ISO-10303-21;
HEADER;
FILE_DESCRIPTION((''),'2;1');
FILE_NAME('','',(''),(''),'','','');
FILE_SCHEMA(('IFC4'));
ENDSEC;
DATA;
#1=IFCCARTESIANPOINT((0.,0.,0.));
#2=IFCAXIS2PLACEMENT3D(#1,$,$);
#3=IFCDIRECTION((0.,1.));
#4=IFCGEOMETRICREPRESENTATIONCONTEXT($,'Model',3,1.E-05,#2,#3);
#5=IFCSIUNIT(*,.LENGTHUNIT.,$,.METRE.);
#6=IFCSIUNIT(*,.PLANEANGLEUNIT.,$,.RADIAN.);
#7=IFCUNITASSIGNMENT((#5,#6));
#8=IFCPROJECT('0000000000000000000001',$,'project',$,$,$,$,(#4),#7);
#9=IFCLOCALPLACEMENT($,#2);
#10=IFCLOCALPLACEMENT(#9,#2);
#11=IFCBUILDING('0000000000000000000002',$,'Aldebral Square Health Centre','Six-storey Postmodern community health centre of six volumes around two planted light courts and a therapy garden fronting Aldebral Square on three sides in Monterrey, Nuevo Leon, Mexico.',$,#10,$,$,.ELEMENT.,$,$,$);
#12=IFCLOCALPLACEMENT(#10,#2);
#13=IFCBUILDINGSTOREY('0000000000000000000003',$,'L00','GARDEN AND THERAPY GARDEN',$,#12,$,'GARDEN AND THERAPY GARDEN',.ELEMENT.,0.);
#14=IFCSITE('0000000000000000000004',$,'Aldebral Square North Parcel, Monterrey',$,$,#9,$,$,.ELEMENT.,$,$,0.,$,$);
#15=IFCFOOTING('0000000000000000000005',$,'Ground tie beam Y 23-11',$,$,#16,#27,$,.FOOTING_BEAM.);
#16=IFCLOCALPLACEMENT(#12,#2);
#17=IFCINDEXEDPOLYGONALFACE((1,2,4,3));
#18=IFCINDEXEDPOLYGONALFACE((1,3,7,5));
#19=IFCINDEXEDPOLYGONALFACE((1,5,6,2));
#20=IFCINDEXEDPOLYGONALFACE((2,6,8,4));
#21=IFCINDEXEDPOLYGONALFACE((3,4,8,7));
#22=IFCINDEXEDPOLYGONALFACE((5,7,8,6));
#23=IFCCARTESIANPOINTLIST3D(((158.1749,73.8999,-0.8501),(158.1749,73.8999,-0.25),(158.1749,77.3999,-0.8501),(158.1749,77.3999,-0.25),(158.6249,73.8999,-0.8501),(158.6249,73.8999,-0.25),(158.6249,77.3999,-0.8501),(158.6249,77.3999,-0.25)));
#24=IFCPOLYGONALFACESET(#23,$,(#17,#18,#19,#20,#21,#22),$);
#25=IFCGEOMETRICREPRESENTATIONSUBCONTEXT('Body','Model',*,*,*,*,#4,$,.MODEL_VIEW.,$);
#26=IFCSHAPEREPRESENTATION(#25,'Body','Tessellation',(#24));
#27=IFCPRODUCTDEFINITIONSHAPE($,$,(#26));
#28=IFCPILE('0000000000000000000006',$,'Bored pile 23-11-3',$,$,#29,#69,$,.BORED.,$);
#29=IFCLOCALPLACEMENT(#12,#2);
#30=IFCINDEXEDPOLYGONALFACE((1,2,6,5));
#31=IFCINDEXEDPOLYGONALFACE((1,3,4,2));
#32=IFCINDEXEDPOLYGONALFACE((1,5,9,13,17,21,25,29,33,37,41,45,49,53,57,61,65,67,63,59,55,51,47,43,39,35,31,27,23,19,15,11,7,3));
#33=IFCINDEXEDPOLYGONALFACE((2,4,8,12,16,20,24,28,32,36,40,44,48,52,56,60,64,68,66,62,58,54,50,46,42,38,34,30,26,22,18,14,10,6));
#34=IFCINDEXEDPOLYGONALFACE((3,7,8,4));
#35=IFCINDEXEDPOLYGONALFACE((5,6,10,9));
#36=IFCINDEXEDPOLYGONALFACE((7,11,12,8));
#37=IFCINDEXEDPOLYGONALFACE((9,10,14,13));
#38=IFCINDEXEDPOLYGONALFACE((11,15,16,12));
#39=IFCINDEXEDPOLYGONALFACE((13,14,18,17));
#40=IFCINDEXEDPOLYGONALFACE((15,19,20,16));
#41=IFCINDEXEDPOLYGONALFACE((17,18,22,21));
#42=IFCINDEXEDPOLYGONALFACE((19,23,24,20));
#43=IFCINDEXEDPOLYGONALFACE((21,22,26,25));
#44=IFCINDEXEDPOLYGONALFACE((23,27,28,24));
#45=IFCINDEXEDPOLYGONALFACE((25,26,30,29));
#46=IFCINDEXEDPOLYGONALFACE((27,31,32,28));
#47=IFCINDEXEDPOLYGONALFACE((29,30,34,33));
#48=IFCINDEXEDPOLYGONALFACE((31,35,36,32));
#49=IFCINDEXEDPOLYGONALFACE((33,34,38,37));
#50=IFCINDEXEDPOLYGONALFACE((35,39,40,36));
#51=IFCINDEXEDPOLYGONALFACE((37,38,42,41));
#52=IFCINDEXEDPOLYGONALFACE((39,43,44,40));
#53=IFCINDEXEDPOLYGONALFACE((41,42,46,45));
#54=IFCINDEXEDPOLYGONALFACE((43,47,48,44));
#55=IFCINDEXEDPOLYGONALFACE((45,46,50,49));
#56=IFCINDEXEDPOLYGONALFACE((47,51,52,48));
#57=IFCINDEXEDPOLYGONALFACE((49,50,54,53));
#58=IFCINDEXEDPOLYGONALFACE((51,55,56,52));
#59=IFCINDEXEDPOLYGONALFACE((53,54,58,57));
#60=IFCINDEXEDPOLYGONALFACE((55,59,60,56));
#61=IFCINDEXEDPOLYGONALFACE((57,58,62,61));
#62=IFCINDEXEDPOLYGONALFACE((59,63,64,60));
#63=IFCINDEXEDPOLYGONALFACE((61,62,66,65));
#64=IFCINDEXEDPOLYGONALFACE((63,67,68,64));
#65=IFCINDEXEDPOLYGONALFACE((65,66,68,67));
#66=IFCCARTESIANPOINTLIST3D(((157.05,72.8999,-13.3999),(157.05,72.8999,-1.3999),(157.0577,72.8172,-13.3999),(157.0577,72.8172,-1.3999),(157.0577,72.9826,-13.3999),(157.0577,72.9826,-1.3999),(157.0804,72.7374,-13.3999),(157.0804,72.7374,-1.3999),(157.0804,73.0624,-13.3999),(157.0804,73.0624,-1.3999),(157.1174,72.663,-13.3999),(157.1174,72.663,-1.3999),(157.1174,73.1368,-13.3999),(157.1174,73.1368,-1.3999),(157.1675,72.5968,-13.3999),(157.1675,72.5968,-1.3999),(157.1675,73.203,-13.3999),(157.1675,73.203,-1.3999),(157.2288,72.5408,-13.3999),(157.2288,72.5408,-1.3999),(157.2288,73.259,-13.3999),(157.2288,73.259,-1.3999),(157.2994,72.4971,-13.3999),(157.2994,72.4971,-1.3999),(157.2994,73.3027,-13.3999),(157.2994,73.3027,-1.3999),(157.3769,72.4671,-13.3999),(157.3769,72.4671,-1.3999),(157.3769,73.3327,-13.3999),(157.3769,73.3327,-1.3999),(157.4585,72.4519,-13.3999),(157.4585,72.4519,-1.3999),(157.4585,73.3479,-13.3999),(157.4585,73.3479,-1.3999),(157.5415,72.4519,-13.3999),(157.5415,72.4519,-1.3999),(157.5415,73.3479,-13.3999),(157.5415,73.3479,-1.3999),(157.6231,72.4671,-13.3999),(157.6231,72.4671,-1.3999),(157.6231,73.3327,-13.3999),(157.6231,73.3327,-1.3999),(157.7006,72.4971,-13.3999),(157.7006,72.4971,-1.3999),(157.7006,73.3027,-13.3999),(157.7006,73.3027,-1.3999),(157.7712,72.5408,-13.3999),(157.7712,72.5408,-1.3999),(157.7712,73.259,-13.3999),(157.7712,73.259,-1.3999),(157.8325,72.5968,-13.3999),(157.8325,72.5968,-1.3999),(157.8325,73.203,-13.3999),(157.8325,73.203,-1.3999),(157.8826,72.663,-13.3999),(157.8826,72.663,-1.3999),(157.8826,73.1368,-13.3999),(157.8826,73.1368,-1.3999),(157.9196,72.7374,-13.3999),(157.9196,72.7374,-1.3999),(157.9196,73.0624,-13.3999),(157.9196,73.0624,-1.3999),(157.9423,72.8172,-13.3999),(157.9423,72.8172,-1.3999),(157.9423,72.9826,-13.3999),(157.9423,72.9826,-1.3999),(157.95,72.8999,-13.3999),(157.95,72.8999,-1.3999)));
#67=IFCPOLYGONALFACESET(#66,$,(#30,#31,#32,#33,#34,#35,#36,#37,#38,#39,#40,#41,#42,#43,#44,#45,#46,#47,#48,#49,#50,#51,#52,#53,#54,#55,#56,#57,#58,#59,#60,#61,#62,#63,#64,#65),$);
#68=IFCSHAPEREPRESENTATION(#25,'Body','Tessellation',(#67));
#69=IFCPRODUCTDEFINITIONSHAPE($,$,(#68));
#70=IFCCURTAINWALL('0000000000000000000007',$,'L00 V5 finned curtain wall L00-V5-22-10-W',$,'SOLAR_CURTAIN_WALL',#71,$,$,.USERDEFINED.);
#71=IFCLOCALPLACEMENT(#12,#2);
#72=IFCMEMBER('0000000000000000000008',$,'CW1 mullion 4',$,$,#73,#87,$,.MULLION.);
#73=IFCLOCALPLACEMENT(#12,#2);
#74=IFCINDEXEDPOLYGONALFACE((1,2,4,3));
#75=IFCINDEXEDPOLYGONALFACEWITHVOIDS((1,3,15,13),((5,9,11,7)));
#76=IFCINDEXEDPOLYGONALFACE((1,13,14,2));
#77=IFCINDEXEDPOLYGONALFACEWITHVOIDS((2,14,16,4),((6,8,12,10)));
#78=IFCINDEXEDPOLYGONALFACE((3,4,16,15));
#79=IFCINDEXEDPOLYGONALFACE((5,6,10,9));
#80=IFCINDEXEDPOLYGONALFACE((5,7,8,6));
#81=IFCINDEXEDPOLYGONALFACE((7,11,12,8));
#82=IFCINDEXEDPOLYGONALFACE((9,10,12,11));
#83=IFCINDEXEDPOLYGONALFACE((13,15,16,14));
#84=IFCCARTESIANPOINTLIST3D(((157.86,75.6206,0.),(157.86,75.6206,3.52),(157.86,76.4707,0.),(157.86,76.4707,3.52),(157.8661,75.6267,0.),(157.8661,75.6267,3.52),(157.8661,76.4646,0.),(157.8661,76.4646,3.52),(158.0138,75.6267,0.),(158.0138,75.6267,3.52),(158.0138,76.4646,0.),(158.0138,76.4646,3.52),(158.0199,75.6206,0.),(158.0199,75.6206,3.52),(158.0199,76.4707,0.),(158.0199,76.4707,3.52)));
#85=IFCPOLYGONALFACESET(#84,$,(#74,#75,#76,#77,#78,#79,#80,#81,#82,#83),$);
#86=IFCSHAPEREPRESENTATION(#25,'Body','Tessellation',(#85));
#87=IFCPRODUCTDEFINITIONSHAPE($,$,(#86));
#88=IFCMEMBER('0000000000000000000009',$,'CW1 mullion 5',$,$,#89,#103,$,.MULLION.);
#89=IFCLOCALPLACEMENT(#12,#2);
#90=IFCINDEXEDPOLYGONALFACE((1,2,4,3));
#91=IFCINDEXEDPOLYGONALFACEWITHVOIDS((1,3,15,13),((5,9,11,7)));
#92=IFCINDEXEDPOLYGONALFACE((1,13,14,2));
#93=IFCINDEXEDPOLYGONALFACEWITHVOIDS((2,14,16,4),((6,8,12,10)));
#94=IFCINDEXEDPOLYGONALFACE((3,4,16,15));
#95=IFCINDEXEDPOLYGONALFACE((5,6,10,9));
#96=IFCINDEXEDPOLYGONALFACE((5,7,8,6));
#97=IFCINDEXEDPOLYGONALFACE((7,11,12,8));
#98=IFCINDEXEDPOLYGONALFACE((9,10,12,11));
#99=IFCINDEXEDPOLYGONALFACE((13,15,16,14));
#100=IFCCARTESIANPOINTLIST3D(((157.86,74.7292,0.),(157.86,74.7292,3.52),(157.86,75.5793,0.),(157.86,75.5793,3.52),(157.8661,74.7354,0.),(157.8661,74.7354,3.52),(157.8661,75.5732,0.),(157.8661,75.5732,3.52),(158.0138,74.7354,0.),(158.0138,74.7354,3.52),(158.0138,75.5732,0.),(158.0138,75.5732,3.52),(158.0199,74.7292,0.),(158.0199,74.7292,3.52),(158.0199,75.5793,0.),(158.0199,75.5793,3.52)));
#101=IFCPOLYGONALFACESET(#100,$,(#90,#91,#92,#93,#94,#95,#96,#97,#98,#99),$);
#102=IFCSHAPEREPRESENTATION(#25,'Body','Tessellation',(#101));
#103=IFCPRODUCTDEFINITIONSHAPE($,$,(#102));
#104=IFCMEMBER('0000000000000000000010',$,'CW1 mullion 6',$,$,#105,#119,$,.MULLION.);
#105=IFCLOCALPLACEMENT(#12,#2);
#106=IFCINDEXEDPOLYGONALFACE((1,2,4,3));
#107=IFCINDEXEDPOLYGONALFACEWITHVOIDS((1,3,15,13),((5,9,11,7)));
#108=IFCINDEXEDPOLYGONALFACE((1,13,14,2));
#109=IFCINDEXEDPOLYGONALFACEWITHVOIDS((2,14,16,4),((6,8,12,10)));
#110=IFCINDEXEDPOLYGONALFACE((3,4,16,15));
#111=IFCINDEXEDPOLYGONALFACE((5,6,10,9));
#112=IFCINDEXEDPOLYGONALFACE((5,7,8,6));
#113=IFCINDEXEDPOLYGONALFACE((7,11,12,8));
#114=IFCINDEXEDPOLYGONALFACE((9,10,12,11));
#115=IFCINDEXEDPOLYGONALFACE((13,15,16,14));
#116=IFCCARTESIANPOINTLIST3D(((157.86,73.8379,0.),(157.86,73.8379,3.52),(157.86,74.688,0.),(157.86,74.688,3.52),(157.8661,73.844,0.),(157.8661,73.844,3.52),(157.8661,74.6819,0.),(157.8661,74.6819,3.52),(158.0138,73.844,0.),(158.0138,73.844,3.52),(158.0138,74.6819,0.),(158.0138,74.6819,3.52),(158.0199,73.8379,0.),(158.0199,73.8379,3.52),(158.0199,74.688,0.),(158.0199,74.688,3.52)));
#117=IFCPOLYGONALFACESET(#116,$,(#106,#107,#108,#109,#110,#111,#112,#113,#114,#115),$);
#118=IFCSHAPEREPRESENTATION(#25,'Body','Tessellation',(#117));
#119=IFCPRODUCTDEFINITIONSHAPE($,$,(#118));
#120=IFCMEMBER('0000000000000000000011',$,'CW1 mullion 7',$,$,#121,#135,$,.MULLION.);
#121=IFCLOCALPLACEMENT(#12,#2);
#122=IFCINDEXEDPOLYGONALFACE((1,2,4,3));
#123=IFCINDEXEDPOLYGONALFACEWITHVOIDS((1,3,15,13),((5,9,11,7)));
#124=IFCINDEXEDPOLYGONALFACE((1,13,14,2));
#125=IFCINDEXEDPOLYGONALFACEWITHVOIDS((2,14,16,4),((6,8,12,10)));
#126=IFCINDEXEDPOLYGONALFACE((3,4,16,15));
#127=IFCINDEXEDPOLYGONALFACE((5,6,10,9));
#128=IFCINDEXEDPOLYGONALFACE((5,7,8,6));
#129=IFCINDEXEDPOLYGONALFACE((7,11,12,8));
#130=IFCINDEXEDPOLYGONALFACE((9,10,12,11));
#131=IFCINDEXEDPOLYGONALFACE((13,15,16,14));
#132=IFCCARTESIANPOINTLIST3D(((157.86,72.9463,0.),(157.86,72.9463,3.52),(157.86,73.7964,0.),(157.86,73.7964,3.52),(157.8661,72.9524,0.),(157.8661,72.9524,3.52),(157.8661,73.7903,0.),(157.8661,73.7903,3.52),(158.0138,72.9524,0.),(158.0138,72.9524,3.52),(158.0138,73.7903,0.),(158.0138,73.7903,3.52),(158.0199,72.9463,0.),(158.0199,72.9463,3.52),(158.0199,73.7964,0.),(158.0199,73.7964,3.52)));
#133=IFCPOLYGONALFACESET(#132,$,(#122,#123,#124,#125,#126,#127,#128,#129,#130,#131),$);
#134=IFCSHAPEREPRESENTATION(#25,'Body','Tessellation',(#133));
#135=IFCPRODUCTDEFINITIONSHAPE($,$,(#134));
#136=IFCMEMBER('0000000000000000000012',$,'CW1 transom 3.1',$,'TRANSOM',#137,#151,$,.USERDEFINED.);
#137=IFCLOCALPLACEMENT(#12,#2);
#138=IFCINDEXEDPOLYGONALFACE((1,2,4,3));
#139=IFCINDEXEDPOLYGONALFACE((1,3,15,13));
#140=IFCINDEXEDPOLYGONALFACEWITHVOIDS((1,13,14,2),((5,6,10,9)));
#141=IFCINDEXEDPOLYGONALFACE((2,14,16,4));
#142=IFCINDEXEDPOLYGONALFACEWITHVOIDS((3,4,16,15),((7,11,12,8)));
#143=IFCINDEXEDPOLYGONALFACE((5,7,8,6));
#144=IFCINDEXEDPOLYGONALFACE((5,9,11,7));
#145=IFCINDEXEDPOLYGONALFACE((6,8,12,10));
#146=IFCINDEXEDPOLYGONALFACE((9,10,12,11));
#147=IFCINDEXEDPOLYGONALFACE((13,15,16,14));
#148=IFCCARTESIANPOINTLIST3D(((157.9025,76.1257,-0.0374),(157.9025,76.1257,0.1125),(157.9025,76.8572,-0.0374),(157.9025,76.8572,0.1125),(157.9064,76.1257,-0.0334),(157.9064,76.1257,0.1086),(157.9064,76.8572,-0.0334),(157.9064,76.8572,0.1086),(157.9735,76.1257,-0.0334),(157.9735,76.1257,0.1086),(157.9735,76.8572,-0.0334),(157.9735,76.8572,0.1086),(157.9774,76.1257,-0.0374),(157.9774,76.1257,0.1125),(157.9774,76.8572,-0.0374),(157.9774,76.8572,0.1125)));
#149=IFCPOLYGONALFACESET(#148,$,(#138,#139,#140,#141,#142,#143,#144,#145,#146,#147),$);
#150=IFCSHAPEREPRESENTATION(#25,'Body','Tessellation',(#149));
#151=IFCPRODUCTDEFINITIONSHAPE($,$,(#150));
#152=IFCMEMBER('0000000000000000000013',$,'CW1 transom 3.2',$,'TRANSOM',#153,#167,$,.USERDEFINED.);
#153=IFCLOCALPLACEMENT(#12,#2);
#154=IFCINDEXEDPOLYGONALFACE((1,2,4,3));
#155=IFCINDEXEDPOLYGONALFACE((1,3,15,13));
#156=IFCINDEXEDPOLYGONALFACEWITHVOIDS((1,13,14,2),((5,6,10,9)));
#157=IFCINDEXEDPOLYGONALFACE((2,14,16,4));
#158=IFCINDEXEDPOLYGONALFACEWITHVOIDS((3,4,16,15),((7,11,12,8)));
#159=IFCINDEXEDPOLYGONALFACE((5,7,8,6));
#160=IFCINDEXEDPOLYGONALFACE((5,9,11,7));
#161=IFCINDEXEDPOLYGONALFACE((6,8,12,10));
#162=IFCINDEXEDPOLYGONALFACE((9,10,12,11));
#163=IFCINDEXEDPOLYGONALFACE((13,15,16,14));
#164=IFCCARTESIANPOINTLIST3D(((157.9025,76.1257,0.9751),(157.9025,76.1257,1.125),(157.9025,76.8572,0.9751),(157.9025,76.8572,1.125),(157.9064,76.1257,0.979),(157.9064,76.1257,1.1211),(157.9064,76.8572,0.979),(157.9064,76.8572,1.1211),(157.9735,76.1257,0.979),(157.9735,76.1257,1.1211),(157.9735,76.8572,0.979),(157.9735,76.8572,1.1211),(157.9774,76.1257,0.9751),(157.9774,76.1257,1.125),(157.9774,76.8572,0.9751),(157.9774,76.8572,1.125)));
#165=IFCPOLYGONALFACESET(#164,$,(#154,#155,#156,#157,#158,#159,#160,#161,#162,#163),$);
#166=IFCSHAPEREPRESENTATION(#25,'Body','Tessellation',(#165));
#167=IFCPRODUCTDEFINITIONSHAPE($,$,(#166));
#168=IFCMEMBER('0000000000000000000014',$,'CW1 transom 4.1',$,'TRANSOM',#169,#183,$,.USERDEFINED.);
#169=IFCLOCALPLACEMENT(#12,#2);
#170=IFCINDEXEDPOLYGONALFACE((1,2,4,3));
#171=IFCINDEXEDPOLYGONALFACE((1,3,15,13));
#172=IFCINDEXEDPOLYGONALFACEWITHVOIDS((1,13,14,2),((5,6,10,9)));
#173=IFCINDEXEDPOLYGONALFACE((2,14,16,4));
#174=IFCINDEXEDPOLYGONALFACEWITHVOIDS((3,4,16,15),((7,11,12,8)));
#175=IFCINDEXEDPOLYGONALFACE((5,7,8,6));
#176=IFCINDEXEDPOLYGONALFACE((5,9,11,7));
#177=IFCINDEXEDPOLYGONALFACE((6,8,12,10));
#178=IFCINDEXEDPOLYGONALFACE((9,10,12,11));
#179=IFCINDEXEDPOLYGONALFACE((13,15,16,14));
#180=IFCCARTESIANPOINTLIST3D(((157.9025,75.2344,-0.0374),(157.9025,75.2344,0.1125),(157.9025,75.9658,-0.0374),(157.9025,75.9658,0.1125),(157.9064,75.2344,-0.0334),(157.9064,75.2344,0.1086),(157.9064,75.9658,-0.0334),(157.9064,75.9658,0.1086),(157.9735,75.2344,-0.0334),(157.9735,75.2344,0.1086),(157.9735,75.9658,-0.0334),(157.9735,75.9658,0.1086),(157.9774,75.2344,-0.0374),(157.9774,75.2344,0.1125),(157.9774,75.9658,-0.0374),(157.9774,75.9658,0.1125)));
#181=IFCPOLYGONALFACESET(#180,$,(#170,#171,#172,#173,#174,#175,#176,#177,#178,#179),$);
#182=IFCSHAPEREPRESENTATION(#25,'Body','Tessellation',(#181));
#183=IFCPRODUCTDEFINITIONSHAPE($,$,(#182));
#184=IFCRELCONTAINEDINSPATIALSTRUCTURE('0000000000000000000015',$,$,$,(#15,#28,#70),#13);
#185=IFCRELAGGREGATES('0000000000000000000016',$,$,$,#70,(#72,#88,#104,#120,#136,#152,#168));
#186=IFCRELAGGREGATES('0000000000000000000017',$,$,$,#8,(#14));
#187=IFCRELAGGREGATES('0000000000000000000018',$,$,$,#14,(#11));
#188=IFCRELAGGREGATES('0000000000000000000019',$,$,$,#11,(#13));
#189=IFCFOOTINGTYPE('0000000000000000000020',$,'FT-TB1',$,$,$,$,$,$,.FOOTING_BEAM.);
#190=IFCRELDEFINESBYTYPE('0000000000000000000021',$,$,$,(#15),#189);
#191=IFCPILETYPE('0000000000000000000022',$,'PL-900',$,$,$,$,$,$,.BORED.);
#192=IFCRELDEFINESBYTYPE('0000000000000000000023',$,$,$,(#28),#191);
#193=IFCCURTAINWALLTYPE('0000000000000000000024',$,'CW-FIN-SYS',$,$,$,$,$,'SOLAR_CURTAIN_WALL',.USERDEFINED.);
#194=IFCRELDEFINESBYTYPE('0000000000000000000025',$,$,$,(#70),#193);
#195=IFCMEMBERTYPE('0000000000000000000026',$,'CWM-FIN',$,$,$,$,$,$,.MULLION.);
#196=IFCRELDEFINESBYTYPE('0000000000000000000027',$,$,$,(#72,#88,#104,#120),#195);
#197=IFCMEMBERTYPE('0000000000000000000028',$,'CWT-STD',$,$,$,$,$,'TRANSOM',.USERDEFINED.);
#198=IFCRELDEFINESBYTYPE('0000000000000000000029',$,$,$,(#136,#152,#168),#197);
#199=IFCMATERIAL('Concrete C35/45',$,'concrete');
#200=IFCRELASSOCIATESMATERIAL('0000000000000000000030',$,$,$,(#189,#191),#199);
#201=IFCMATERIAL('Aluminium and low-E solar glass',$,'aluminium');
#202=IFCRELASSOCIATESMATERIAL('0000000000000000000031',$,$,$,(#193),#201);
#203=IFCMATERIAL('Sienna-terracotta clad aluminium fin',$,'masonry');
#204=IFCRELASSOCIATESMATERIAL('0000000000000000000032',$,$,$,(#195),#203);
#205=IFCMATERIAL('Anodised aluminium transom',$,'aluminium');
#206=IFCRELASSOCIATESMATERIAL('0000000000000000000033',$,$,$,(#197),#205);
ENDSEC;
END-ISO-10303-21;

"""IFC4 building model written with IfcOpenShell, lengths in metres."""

from ifc_helpers import new_model, si_unit, direction, frame, origin, origin_2d, place, context, subcontext, project, spatial, rectangle, hollow_rectangle, circle, extrude, material, material_profile, profile_set, type_object, element, aggregate, save


model = new_model("IFC4")

# Units and contexts
model_context = context("Model", 3, precision=1e-05, world=origin(), true_north=direction((0.0, 1.0)))
body_context = subcontext(model_context, "Body", "Model", "MODEL_VIEW")
ifc_project = project(units=[si_unit("LENGTHUNIT", "METRE"), si_unit("PLANEANGLEUNIT", "RADIAN")], contexts=[model_context])

# Site, building, storey
site_placement = place(None, origin())
site = spatial("IfcSite", under=ifc_project, at=site_placement, Name="Aldebral Square North Parcel, Monterrey", CompositionType="ELEMENT", RefElevation=0.0)
building_placement = place(site_placement, origin())
building = spatial("IfcBuilding", under=site, at=building_placement, Name="Aldebral Square Health Centre", Description="Six-storey Postmodern community health centre of six volumes around two planted light courts and a therapy garden fronting Aldebral Square on three sides in Monterrey, Nuevo Leon, Mexico.", CompositionType="ELEMENT")
storey_placement = place(building_placement, origin())
storey = spatial("IfcBuildingStorey", under=building, at=storey_placement, Name="L00", Description="GARDEN AND THERAPY GARDEN", LongName="GARDEN AND THERAPY GARDEN", CompositionType="ELEMENT", Elevation=0.0)

# Footing
ifc_material_1 = material(Name="Concrete C35/45", Category="concrete")
ifc_material_profile_1 = material_profile(ifc_material_1, rectangle(XDim=0.45, YDim=0.6001, at=origin_2d()), Name="RC 450x600")
ifc_profile_set_1 = profile_set([ifc_material_profile_1], Name="Concrete C35/45")
footing_type = type_object("IfcFootingType", Name="FT-TB1", PredefinedType="FOOTING_BEAM", material=ifc_profile_set_1)
footing_placement = place(storey_placement, frame((158.3999, 73.8999, -0.55), z_axis=(0.0, 1.0, 0.0), x_axis=(-1.0, 0.0, 0.0)))
element("IfcFooting", 1, at=footing_placement, inside=storey, type_object=footing_type, Name="Ground tie beam Y 23-11", PredefinedType="FOOTING_BEAM", context=body_context, shape_type="SweptSolid", body=[
    extrude(rectangle(XDim=0.45, YDim=0.6001, at=origin_2d()), origin(), (0.0, 0.0, 1.0), 3.5),
])

# Pile
ifc_material_profile_2 = material_profile(ifc_material_1, circle(Radius=0.45, at=origin_2d()), Name="PILE D900")
ifc_profile_set_2 = profile_set([ifc_material_profile_2], Name="Concrete C35/45")
pile_type = type_object("IfcPileType", Name="PL-900", PredefinedType="BORED", material=ifc_profile_set_2)
pile_placement = place(storey_placement, frame((157.5, 72.8999, -1.3999), z_axis=(0.0, 0.0, -1.0), x_axis=(1.0, 0.0, 0.0)))
element("IfcPile", 2, at=pile_placement, inside=storey, type_object=pile_type, Name="Bored pile 23-11-3", PredefinedType="BORED", context=body_context, shape_type="SweptSolid", body=[
    extrude(circle(Radius=0.45, at=origin_2d()), origin(), (0.0, 0.0, 1.0), 12.0),
])

# Curtain wall, members
ifc_material_2 = material(Name="Aluminium and low-E solar glass", Category="aluminium")
curtain_wall_type = type_object("IfcCurtainWallType", Name="CW-FIN-SYS", ElementType="SOLAR_CURTAIN_WALL", PredefinedType="USERDEFINED", material=ifc_material_2)
curtain_wall_placement = place(storey_placement, origin())
curtain_wall = element("IfcCurtainWall", 3, at=curtain_wall_placement, inside=storey, type_object=curtain_wall_type, Name="L00 V5 finned curtain wall L00-V5-22-10-W", ObjectType="SOLAR_CURTAIN_WALL", PredefinedType="USERDEFINED")
ifc_material_3 = material(Name="Sienna-terracotta clad aluminium fin", Category="masonry")
ifc_material_profile_3 = material_profile(ifc_material_3, hollow_rectangle(XDim=0.1599, YDim=0.8501, WallThickness=0.0061, at=origin_2d()), Name="FIN 160x850x6")
ifc_profile_set_3 = profile_set([ifc_material_profile_3], Name="Sienna-terracotta clad aluminium fin")
member_type_1 = type_object("IfcMemberType", Name="CWM-FIN", PredefinedType="MULLION", material=ifc_profile_set_3)
member_1_placement = place(storey_placement, frame((157.9399, 76.0457, 0.0), z_axis=(0.0, 0.0, 1.0), x_axis=(1.0, 0.0, 0.0)))
member_1 = element("IfcMember", 4, at=member_1_placement, type_object=member_type_1, Name="CW1 mullion 4", PredefinedType="MULLION", context=body_context, shape_type="SweptSolid", body=[
    extrude(hollow_rectangle(XDim=0.1599, YDim=0.8501, WallThickness=0.0061, at=origin_2d()), origin(), (0.0, 0.0, 1.0), 3.52),
])
member_2_placement = place(storey_placement, frame((157.9399, 75.1543, 0.0), z_axis=(0.0, 0.0, 1.0), x_axis=(1.0, 0.0, 0.0)))
member_2 = element("IfcMember", 5, at=member_2_placement, type_object=member_type_1, Name="CW1 mullion 5", PredefinedType="MULLION", context=body_context, shape_type="SweptSolid", body=[
    extrude(hollow_rectangle(XDim=0.1599, YDim=0.8501, WallThickness=0.0061, at=origin_2d()), origin(), (0.0, 0.0, 1.0), 3.52),
])
member_3_placement = place(storey_placement, frame((157.9399, 74.2629, 0.0), z_axis=(0.0, 0.0, 1.0), x_axis=(1.0, 0.0, 0.0)))
member_3 = element("IfcMember", 6, at=member_3_placement, type_object=member_type_1, Name="CW1 mullion 6", PredefinedType="MULLION", context=body_context, shape_type="SweptSolid", body=[
    extrude(hollow_rectangle(XDim=0.1599, YDim=0.8501, WallThickness=0.0061, at=origin_2d()), origin(), (0.0, 0.0, 1.0), 3.52),
])
member_4_placement = place(storey_placement, frame((157.9399, 73.3713, 0.0), z_axis=(0.0, 0.0, 1.0), x_axis=(1.0, 0.0, 0.0)))
member_4 = element("IfcMember", 7, at=member_4_placement, type_object=member_type_1, Name="CW1 mullion 7", PredefinedType="MULLION", context=body_context, shape_type="SweptSolid", body=[
    extrude(hollow_rectangle(XDim=0.1599, YDim=0.8501, WallThickness=0.0061, at=origin_2d()), origin(), (0.0, 0.0, 1.0), 3.52),
])
ifc_material_4 = material(Name="Anodised aluminium transom", Category="aluminium")
ifc_material_profile_4 = material_profile(ifc_material_4, hollow_rectangle(XDim=0.075, YDim=0.1499, WallThickness=0.0039, at=origin_2d()), Name="CWT 75x150x4")
ifc_profile_set_4 = profile_set([ifc_material_profile_4], Name="Anodised aluminium transom")
member_type_2 = type_object("IfcMemberType", Name="CWT-STD", ElementType="TRANSOM", PredefinedType="USERDEFINED", material=ifc_profile_set_4)
member_5_placement = place(storey_placement, frame((157.9399, 76.8572, 0.0376), z_axis=(0.0, -1.0, 0.0), x_axis=(1.0, 0.0, 0.0)))
member_5 = element("IfcMember", 8, at=member_5_placement, type_object=member_type_2, Name="CW1 transom 3.1", ObjectType="TRANSOM", PredefinedType="USERDEFINED", context=body_context, shape_type="SweptSolid", body=[
    extrude(hollow_rectangle(XDim=0.075, YDim=0.1499, WallThickness=0.0039, at=origin_2d()), origin(), (0.0, 0.0, 1.0), 0.7314),
])
member_6_placement = place(storey_placement, frame((157.9399, 76.8572, 1.05), z_axis=(0.0, -1.0, 0.0), x_axis=(1.0, 0.0, 0.0)))
member_6 = element("IfcMember", 9, at=member_6_placement, type_object=member_type_2, Name="CW1 transom 3.2", ObjectType="TRANSOM", PredefinedType="USERDEFINED", context=body_context, shape_type="SweptSolid", body=[
    extrude(hollow_rectangle(XDim=0.075, YDim=0.1499, WallThickness=0.0039, at=origin_2d()), origin(), (0.0, 0.0, 1.0), 0.7314),
])
member_7_placement = place(storey_placement, frame((157.9399, 75.9658, 0.0376), z_axis=(0.0, -1.0, 0.0), x_axis=(1.0, 0.0, 0.0)))
member_7 = element("IfcMember", 10, at=member_7_placement, type_object=member_type_2, Name="CW1 transom 4.1", ObjectType="TRANSOM", PredefinedType="USERDEFINED", context=body_context, shape_type="SweptSolid", body=[
    extrude(hollow_rectangle(XDim=0.075, YDim=0.1499, WallThickness=0.0039, at=origin_2d()), origin(), (0.0, 0.0, 1.0), 0.7314),
])
aggregate(curtain_wall, [member_1, member_2, member_3, member_4, member_5, member_6, member_7])

save(model, "model.ifc")
